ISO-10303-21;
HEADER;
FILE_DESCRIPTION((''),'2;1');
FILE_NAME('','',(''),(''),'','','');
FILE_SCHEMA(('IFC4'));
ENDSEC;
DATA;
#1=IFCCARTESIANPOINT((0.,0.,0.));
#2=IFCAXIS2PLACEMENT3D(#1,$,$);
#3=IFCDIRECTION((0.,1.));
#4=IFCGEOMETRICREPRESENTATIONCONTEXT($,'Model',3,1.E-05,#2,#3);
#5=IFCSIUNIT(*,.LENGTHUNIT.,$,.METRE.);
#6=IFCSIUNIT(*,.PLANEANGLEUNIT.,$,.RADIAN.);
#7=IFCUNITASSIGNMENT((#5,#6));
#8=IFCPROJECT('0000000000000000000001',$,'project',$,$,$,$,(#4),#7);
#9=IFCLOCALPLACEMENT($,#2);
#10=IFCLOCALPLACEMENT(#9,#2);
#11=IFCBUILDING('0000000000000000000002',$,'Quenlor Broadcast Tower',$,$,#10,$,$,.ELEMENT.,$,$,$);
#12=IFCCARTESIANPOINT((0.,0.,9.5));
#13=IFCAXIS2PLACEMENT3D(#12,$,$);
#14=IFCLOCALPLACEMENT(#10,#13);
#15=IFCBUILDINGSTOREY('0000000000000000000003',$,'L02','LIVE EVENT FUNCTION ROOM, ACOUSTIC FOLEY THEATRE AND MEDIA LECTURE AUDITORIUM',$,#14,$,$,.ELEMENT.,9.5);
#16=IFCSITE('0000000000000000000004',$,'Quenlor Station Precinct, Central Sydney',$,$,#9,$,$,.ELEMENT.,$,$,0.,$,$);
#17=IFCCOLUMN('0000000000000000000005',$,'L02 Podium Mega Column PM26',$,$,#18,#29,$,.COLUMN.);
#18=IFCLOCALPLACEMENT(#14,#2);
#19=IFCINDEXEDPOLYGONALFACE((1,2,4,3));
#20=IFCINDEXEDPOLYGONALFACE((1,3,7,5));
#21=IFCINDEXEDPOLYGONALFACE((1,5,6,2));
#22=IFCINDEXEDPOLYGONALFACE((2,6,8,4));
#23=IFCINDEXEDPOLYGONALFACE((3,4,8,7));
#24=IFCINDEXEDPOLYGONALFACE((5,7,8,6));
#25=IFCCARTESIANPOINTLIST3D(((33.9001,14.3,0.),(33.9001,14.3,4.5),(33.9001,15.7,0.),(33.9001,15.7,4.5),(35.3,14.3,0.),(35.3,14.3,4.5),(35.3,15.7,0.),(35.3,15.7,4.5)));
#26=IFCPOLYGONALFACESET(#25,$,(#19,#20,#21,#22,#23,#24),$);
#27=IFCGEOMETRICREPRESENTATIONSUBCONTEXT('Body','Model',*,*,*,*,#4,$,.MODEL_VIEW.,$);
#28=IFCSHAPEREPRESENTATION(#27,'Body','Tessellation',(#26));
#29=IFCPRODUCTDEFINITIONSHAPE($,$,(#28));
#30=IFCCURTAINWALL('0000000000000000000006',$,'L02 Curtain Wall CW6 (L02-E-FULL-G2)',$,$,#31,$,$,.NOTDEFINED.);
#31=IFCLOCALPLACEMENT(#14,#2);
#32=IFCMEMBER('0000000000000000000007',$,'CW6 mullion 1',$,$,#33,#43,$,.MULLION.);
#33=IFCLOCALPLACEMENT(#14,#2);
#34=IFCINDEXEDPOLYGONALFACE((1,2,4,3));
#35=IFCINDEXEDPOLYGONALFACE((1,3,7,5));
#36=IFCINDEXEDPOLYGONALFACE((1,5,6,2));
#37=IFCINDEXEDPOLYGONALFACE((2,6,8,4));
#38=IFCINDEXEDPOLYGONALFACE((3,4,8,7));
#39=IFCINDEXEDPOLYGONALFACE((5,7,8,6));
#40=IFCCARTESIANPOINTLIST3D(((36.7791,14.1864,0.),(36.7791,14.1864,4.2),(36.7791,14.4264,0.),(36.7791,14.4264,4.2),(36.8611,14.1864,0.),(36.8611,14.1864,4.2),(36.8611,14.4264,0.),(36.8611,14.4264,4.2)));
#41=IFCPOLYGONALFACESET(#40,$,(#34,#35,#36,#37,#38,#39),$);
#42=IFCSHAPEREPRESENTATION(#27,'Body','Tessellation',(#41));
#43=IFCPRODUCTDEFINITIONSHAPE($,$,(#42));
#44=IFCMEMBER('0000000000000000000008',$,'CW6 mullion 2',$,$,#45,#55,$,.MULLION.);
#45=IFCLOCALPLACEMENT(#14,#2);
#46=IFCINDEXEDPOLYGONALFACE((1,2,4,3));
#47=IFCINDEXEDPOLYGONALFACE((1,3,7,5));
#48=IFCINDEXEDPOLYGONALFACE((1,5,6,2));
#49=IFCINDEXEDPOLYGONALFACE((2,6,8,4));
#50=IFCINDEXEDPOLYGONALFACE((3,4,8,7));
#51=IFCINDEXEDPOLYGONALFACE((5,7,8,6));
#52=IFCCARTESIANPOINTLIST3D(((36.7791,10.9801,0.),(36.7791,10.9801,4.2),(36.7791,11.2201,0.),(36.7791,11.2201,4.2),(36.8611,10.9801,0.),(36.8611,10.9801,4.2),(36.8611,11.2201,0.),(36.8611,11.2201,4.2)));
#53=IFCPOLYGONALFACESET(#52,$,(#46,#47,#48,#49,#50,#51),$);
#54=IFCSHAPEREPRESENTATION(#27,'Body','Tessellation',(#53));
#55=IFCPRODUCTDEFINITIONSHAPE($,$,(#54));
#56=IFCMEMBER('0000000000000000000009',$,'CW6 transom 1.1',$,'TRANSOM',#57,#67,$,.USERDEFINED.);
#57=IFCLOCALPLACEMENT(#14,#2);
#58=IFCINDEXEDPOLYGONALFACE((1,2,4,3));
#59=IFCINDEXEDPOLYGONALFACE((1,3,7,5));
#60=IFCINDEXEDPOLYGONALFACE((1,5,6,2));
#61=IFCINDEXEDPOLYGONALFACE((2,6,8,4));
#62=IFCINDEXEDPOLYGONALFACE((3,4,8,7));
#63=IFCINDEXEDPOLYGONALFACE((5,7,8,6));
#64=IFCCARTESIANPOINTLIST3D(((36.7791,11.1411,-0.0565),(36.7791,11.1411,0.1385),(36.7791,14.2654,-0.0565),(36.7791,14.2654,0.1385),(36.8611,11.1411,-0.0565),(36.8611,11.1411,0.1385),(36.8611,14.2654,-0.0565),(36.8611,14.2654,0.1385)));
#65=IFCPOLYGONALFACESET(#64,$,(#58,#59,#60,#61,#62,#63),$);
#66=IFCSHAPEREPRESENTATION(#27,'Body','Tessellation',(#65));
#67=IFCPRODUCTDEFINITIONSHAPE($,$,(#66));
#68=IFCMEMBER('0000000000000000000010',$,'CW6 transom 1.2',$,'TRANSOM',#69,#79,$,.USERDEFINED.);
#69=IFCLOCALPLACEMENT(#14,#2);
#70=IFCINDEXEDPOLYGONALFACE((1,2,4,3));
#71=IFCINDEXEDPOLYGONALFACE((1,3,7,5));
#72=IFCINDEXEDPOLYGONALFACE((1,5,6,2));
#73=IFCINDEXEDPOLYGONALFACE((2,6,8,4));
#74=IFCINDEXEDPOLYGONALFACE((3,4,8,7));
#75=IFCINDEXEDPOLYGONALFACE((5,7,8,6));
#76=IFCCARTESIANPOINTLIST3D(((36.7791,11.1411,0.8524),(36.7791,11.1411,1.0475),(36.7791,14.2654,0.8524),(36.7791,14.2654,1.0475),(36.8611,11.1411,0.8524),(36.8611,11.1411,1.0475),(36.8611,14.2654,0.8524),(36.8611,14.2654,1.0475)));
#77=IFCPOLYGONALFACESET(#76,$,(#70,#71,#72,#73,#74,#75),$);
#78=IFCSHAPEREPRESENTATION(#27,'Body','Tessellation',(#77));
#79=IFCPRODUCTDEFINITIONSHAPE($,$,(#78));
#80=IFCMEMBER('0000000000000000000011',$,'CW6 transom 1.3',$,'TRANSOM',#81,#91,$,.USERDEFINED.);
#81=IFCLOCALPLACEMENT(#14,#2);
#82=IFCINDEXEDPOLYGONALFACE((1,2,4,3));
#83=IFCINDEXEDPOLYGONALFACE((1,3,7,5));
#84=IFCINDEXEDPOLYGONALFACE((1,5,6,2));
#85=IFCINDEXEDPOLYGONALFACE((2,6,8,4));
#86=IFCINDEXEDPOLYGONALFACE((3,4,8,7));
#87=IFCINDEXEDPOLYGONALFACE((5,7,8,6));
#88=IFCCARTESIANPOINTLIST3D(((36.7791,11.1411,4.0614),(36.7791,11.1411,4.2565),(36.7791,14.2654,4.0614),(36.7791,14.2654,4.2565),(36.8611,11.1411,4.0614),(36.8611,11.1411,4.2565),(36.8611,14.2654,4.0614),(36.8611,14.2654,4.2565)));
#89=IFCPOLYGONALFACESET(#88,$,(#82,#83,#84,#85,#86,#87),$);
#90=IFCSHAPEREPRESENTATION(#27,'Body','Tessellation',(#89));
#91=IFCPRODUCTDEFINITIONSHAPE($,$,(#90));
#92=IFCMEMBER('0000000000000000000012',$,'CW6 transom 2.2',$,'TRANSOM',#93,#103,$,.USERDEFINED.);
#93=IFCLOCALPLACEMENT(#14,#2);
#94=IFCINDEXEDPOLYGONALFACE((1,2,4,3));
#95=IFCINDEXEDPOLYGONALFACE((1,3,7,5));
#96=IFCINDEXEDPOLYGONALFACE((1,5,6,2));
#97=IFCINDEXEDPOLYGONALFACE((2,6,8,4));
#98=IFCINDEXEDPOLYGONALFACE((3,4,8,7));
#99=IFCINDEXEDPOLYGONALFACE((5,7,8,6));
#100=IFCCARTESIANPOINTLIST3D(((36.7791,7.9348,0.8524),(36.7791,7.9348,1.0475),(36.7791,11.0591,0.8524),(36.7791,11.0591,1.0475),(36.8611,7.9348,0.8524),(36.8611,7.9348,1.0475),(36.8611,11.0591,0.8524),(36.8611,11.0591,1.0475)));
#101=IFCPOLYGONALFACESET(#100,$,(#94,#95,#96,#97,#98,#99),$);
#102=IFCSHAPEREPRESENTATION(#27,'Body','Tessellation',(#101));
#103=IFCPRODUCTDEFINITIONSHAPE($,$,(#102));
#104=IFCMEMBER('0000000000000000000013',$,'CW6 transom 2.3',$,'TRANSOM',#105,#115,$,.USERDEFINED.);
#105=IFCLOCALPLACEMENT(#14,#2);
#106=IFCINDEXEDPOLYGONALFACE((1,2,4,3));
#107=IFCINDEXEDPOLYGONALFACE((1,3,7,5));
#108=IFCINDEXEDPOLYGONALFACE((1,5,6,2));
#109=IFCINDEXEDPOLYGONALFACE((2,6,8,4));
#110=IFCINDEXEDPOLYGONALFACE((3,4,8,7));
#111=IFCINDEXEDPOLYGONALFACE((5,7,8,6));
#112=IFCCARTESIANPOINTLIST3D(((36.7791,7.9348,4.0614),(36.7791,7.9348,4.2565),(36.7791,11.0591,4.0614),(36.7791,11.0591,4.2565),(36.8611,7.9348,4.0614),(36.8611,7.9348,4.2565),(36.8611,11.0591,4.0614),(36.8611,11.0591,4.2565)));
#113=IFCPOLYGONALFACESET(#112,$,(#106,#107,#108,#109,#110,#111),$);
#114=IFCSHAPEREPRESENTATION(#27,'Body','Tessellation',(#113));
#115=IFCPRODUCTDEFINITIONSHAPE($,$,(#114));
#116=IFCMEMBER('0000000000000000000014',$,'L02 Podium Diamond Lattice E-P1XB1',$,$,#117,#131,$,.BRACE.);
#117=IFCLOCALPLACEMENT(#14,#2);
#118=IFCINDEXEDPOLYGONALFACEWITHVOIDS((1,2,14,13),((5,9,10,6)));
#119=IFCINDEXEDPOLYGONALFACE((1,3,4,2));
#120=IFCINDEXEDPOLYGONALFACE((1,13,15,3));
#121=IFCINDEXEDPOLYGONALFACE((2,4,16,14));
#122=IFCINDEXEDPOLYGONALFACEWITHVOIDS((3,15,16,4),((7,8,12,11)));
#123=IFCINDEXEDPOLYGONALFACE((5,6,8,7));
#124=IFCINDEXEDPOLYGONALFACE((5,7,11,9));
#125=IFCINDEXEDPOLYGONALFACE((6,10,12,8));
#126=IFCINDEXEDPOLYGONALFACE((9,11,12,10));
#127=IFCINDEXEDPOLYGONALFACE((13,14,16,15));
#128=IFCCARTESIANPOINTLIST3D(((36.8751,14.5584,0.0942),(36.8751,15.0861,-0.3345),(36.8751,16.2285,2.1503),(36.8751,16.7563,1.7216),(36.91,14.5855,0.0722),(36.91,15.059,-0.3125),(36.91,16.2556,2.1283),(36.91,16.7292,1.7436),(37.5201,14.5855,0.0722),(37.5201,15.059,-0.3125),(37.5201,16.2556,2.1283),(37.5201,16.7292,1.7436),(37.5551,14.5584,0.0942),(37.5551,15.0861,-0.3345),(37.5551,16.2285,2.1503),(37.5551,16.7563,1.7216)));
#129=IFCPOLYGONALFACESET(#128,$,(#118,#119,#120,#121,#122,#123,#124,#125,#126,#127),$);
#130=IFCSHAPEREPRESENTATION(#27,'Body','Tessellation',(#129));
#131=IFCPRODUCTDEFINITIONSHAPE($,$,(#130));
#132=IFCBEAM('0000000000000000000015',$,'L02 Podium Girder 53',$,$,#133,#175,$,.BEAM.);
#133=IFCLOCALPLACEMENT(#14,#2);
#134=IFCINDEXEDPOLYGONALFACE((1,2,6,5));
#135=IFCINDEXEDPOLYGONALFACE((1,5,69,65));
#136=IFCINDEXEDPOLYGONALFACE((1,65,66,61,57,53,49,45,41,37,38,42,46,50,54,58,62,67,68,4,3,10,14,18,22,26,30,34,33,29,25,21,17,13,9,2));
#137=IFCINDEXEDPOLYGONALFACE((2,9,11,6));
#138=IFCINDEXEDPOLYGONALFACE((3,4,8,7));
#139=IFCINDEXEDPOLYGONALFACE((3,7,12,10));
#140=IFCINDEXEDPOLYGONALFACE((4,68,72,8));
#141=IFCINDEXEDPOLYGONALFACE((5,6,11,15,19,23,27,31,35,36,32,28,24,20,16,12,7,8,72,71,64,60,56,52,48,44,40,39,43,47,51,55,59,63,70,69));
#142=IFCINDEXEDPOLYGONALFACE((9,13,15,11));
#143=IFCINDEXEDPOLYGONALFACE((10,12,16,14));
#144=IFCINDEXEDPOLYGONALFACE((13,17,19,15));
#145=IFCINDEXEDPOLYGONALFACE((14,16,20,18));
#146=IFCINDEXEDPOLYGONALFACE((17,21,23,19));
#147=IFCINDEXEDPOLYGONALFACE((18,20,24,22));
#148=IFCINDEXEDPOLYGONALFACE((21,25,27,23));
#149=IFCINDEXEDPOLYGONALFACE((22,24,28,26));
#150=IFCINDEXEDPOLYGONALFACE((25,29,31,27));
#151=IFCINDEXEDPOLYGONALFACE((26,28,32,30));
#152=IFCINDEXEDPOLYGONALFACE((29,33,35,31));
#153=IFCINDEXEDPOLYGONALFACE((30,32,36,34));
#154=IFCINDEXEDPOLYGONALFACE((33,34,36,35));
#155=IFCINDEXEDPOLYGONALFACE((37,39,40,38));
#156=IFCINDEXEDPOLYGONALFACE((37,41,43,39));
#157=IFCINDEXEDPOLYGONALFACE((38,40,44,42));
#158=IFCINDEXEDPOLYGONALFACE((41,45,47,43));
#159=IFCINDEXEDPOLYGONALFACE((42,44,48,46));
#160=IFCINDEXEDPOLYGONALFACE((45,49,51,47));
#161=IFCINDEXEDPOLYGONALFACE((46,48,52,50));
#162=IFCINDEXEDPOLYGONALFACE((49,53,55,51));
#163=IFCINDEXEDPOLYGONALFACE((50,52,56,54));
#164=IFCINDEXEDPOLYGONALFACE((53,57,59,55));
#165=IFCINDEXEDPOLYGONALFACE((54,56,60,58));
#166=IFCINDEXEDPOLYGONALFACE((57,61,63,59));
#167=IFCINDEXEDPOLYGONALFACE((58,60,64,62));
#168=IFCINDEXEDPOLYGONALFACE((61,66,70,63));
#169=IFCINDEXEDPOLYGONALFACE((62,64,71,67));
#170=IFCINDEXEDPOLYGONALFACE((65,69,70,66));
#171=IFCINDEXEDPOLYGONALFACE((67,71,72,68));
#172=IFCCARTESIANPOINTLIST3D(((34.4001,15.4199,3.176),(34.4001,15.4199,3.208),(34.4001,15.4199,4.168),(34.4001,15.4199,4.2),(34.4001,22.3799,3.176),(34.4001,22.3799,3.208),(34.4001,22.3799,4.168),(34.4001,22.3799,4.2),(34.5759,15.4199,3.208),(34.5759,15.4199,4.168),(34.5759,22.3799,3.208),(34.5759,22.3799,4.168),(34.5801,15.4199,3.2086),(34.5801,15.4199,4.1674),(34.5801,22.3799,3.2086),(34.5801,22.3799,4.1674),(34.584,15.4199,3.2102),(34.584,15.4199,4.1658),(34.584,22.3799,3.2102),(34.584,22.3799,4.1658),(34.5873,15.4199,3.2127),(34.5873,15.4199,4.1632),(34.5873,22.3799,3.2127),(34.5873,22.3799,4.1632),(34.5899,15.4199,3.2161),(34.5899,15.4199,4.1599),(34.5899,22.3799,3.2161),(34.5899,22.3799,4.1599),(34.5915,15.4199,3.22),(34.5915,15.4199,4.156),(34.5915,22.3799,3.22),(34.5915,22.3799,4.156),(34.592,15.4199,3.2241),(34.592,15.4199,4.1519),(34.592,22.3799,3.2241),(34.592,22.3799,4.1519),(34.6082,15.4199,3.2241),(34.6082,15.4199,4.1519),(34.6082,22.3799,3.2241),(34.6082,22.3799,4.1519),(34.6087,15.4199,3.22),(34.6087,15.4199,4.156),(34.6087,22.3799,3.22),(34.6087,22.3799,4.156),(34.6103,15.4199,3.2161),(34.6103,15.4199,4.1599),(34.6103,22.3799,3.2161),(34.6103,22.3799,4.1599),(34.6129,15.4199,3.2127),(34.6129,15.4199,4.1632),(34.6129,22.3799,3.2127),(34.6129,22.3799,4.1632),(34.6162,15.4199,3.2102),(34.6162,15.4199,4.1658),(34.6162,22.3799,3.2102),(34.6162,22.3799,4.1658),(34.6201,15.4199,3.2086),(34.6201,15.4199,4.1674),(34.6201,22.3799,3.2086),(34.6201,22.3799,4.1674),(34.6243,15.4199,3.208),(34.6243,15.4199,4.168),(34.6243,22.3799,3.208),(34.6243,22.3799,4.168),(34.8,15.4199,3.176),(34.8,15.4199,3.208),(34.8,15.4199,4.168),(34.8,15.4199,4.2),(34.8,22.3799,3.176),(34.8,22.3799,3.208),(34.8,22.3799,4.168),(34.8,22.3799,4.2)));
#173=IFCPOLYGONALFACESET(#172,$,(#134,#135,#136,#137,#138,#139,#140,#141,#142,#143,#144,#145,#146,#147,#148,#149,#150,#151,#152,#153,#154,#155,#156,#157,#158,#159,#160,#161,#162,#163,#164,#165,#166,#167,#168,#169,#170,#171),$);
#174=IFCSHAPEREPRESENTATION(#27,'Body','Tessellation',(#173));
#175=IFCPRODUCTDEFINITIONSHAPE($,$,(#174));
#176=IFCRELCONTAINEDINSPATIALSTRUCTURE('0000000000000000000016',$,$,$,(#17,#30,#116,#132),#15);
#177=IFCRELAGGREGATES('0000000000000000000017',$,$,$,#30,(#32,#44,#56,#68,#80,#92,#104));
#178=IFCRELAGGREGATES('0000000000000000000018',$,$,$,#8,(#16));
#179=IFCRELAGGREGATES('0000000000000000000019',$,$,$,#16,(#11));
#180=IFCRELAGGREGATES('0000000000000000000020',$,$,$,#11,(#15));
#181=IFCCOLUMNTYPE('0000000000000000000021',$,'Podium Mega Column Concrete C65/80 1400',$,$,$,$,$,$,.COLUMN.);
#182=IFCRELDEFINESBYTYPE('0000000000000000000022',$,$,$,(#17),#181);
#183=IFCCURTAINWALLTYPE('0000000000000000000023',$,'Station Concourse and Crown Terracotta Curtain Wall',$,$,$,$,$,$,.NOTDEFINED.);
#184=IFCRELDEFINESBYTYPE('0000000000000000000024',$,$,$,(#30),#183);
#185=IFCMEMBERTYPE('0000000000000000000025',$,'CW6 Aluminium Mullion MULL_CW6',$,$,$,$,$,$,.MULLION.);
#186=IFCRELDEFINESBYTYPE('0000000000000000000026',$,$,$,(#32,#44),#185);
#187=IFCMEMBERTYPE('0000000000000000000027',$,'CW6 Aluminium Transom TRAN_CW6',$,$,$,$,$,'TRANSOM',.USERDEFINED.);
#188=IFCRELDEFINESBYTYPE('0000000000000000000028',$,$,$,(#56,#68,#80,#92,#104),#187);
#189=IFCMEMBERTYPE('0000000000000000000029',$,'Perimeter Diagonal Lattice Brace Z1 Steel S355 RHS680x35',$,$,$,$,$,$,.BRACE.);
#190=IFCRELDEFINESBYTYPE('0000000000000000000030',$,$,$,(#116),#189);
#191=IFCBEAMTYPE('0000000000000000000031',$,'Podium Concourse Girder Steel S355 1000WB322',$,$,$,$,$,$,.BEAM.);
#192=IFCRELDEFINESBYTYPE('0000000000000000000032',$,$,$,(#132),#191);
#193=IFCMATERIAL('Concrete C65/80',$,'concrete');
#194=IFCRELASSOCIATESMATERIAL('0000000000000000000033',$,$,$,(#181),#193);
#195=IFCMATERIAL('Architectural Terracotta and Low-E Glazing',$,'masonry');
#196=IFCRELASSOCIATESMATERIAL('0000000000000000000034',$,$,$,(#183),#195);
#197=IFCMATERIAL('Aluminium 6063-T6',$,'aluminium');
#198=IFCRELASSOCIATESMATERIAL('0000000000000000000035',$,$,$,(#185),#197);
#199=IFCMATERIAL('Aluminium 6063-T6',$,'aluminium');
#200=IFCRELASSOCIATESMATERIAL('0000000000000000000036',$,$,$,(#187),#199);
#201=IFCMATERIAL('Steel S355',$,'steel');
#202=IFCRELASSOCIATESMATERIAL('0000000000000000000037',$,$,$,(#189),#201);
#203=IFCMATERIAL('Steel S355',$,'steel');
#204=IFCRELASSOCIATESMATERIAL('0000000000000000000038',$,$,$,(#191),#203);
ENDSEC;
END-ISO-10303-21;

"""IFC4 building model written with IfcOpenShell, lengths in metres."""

from ifc_helpers import new_model, si_unit, direction, frame, origin, origin_2d, place, context, subcontext, project, spatial, rectangle, hollow_rectangle, i_section, extrude, material, material_profile, profile_set, type_object, element, aggregate, save


model = new_model("IFC4")

# Units and contexts
model_context = context("Model", 3, precision=1e-05, world=origin(), true_north=direction((0.0, 1.0)))
body_context = subcontext(model_context, "Body", "Model", "MODEL_VIEW")
ifc_project = project(units=[si_unit("LENGTHUNIT", "METRE"), si_unit("PLANEANGLEUNIT", "RADIAN")], contexts=[model_context])

# Site, building, storey
site_placement = place(None, origin())
site = spatial("IfcSite", under=ifc_project, at=site_placement, Name="Quenlor Station Precinct, Central Sydney", CompositionType="ELEMENT", RefElevation=0.0)
building_placement = place(site_placement, origin())
building = spatial("IfcBuilding", under=site, at=building_placement, Name="Quenlor Broadcast Tower", CompositionType="ELEMENT")
storey_placement = place(building_placement, frame((0.0, 0.0, 9.5)))
storey = spatial("IfcBuildingStorey", under=building, at=storey_placement, Name="L02", Description="LIVE EVENT FUNCTION ROOM, ACOUSTIC FOLEY THEATRE AND MEDIA LECTURE AUDITORIUM", CompositionType="ELEMENT", Elevation=9.5)

# Column
ifc_material_1 = material(Name="Concrete C65/80", Category="concrete")
ifc_material_profile_1 = material_profile(ifc_material_1, rectangle(XDim=1.3999, YDim=1.3999, at=origin_2d()))
ifc_profile_set_1 = profile_set([ifc_material_profile_1], Name="Concrete C65/80 RC1400x1400")
column_type = type_object("IfcColumnType", Name="Podium Mega Column Concrete C65/80 1400", PredefinedType="COLUMN", material=ifc_profile_set_1)
column_placement = place(storey_placement, frame((34.6001, 15.0, 0.0), z_axis=(0.0, 0.0, 1.0), x_axis=(1.0, 0.0, 0.0)))
element("IfcColumn", 1, at=column_placement, inside=storey, type_object=column_type, Name="L02 Podium Mega Column PM26", PredefinedType="COLUMN", context=body_context, shape_type="SweptSolid", body=[
    extrude(rectangle(XDim=1.3999, YDim=1.3999, at=origin_2d()), origin(), (0.0, 0.0, 1.0), 4.5),
])

# Curtain wall, members
ifc_material_2 = material(Name="Architectural Terracotta and Low-E Glazing", Category="masonry")
curtain_wall_type = type_object("IfcCurtainWallType", Name="Station Concourse and Crown Terracotta Curtain Wall", PredefinedType="NOTDEFINED", material=ifc_material_2)
curtain_wall_placement = place(storey_placement, origin())
curtain_wall = element("IfcCurtainWall", 2, at=curtain_wall_placement, inside=storey, type_object=curtain_wall_type, Name="L02 Curtain Wall CW6 (L02-E-FULL-G2)", PredefinedType="NOTDEFINED")
ifc_material_3 = material(Name="Aluminium 6063-T6", Category="aluminium")
ifc_material_profile_2 = material_profile(ifc_material_3, rectangle(XDim=0.082, YDim=0.24, at=origin_2d()))
ifc_profile_set_2 = profile_set([ifc_material_profile_2], Name="Aluminium 6063-T6 MULL82x240")
member_type_1 = type_object("IfcMemberType", Name="CW6 Aluminium Mullion MULL_CW6", PredefinedType="MULLION", material=ifc_profile_set_2)
member_1_placement = place(storey_placement, frame((36.8201, 14.3064, 0.0), z_axis=(0.0, 0.0, 1.0), x_axis=(1.0, 0.0, 0.0)))
member_1 = element("IfcMember", 3, at=member_1_placement, type_object=member_type_1, Name="CW6 mullion 1", PredefinedType="MULLION", context=body_context, shape_type="SweptSolid", body=[
    extrude(rectangle(XDim=0.082, YDim=0.24, at=origin_2d()), origin(), (0.0, 0.0, 1.0), 4.2),
])
member_2_placement = place(storey_placement, frame((36.8201, 11.1001, 0.0), z_axis=(0.0, 0.0, 1.0), x_axis=(1.0, 0.0, 0.0)))
member_2 = element("IfcMember", 4, at=member_2_placement, type_object=member_type_1, Name="CW6 mullion 2", PredefinedType="MULLION", context=body_context, shape_type="SweptSolid", body=[
    extrude(rectangle(XDim=0.082, YDim=0.24, at=origin_2d()), origin(), (0.0, 0.0, 1.0), 4.2),
])
ifc_material_4 = material(Name="Aluminium 6063-T6", Category="aluminium")
ifc_material_profile_3 = material_profile(ifc_material_4, rectangle(XDim=0.082, YDim=0.1951, at=origin_2d()))
ifc_profile_set_3 = profile_set([ifc_material_profile_3], Name="Aluminium 6063-T6 TRAN82x195")
member_type_2 = type_object("IfcMemberType", Name="CW6 Aluminium Transom TRAN_CW6", ElementType="TRANSOM", PredefinedType="USERDEFINED", material=ifc_profile_set_3)
member_3_placement = place(storey_placement, frame((36.8201, 14.2654, 0.041), z_axis=(0.0, -1.0, 0.0), x_axis=(1.0, 0.0, 0.0)))
member_3 = element("IfcMember", 5, at=member_3_placement, type_object=member_type_2, Name="CW6 transom 1.1", ObjectType="TRANSOM", PredefinedType="USERDEFINED", context=body_context, shape_type="SweptSolid", body=[
    extrude(rectangle(XDim=0.082, YDim=0.1951, at=origin_2d()), origin(), (0.0, 0.0, 1.0), 3.1243),
])
member_4_placement = place(storey_placement, frame((36.8201, 14.2654, 0.95), z_axis=(0.0, -1.0, 0.0), x_axis=(1.0, 0.0, 0.0)))
member_4 = element("IfcMember", 6, at=member_4_placement, type_object=member_type_2, Name="CW6 transom 1.2", ObjectType="TRANSOM", PredefinedType="USERDEFINED", context=body_context, shape_type="SweptSolid", body=[
    extrude(rectangle(XDim=0.082, YDim=0.1951, at=origin_2d()), origin(), (0.0, 0.0, 1.0), 3.1243),
])
member_5_placement = place(storey_placement, frame((36.8201, 14.2654, 4.1589), z_axis=(0.0, -1.0, 0.0), x_axis=(1.0, 0.0, 0.0)))
member_5 = element("IfcMember", 7, at=member_5_placement, type_object=member_type_2, Name="CW6 transom 1.3", ObjectType="TRANSOM", PredefinedType="USERDEFINED", context=body_context, shape_type="SweptSolid", body=[
    extrude(rectangle(XDim=0.082, YDim=0.1951, at=origin_2d()), origin(), (0.0, 0.0, 1.0), 3.1243),
])
member_6_placement = place(storey_placement, frame((36.8201, 11.0591, 0.95), z_axis=(0.0, -1.0, 0.0), x_axis=(1.0, 0.0, 0.0)))
member_6 = element("IfcMember", 8, at=member_6_placement, type_object=member_type_2, Name="CW6 transom 2.2", ObjectType="TRANSOM", PredefinedType="USERDEFINED", context=body_context, shape_type="SweptSolid", body=[
    extrude(rectangle(XDim=0.082, YDim=0.1951, at=origin_2d()), origin(), (0.0, 0.0, 1.0), 3.1243),
])
member_7_placement = place(storey_placement, frame((36.8201, 11.0591, 4.1589), z_axis=(0.0, -1.0, 0.0), x_axis=(1.0, 0.0, 0.0)))
member_7 = element("IfcMember", 9, at=member_7_placement, type_object=member_type_2, Name="CW6 transom 2.3", ObjectType="TRANSOM", PredefinedType="USERDEFINED", context=body_context, shape_type="SweptSolid", body=[
    extrude(rectangle(XDim=0.082, YDim=0.1951, at=origin_2d()), origin(), (0.0, 0.0, 1.0), 3.1243),
])

# Member
ifc_material_5 = material(Name="Steel S355", Category="steel")
ifc_material_profile_4 = material_profile(ifc_material_5, hollow_rectangle(XDim=0.6799, YDim=0.6799, WallThickness=0.0349, at=origin_2d()))
ifc_profile_set_4 = profile_set([ifc_material_profile_4], Name="Steel S355 RHS680x680x35")
member_type_3 = type_object("IfcMemberType", Name="Perimeter Diagonal Lattice Brace Z1 Steel S355 RHS680x35", PredefinedType="BRACE", material=ifc_profile_set_4)
member_8_placement = place(storey_placement, frame((37.2151, 14.8223, -0.1201), z_axis=(0.0, 0.630489, 0.776199), x_axis=(-1.0, 0.0, 0.0)))
element("IfcMember", 10, at=member_8_placement, inside=storey, type_object=member_type_3, Name="L02 Podium Diamond Lattice E-P1XB1", PredefinedType="BRACE", context=body_context, shape_type="SweptSolid", body=[
    extrude(hollow_rectangle(XDim=0.6799, YDim=0.6799, WallThickness=0.0349, at=origin_2d()), origin(), (0.0, 0.0, 1.0), 2.6489),
])

# Beam
ifc_material_6 = material(Name="Steel S355", Category="steel")
ifc_material_profile_5 = material_profile(ifc_material_6, i_section(OverallWidth=0.3999, OverallDepth=1.0239, WebThickness=0.0161, FlangeThickness=0.032, FilletRadius=0.0161, at=origin_2d()))
ifc_profile_set_5 = profile_set([ifc_material_profile_5], Name="Steel S355 1000WB322")
beam_type = type_object("IfcBeamType", Name="Podium Concourse Girder Steel S355 1000WB322", PredefinedType="BEAM", material=ifc_profile_set_5)
beam_placement = place(storey_placement, frame((34.6001, 15.4199, 3.688), z_axis=(0.0, 1.0, 0.0), x_axis=(-1.0, 0.0, 0.0)))
element("IfcBeam", 11, at=beam_placement, inside=storey, type_object=beam_type, Name="L02 Podium Girder 53", PredefinedType="BEAM", context=body_context, shape_type="SweptSolid", body=[
    extrude(i_section(OverallWidth=0.3999, OverallDepth=1.0239, WebThickness=0.0161, FlangeThickness=0.032, FilletRadius=0.0161, at=origin_2d()), origin(), (0.0, 0.0, 1.0), 6.96),
])

aggregate(curtain_wall, [member_1, member_2, member_3, member_4, member_5, member_6, member_7])

save(model, "model.ifc")
